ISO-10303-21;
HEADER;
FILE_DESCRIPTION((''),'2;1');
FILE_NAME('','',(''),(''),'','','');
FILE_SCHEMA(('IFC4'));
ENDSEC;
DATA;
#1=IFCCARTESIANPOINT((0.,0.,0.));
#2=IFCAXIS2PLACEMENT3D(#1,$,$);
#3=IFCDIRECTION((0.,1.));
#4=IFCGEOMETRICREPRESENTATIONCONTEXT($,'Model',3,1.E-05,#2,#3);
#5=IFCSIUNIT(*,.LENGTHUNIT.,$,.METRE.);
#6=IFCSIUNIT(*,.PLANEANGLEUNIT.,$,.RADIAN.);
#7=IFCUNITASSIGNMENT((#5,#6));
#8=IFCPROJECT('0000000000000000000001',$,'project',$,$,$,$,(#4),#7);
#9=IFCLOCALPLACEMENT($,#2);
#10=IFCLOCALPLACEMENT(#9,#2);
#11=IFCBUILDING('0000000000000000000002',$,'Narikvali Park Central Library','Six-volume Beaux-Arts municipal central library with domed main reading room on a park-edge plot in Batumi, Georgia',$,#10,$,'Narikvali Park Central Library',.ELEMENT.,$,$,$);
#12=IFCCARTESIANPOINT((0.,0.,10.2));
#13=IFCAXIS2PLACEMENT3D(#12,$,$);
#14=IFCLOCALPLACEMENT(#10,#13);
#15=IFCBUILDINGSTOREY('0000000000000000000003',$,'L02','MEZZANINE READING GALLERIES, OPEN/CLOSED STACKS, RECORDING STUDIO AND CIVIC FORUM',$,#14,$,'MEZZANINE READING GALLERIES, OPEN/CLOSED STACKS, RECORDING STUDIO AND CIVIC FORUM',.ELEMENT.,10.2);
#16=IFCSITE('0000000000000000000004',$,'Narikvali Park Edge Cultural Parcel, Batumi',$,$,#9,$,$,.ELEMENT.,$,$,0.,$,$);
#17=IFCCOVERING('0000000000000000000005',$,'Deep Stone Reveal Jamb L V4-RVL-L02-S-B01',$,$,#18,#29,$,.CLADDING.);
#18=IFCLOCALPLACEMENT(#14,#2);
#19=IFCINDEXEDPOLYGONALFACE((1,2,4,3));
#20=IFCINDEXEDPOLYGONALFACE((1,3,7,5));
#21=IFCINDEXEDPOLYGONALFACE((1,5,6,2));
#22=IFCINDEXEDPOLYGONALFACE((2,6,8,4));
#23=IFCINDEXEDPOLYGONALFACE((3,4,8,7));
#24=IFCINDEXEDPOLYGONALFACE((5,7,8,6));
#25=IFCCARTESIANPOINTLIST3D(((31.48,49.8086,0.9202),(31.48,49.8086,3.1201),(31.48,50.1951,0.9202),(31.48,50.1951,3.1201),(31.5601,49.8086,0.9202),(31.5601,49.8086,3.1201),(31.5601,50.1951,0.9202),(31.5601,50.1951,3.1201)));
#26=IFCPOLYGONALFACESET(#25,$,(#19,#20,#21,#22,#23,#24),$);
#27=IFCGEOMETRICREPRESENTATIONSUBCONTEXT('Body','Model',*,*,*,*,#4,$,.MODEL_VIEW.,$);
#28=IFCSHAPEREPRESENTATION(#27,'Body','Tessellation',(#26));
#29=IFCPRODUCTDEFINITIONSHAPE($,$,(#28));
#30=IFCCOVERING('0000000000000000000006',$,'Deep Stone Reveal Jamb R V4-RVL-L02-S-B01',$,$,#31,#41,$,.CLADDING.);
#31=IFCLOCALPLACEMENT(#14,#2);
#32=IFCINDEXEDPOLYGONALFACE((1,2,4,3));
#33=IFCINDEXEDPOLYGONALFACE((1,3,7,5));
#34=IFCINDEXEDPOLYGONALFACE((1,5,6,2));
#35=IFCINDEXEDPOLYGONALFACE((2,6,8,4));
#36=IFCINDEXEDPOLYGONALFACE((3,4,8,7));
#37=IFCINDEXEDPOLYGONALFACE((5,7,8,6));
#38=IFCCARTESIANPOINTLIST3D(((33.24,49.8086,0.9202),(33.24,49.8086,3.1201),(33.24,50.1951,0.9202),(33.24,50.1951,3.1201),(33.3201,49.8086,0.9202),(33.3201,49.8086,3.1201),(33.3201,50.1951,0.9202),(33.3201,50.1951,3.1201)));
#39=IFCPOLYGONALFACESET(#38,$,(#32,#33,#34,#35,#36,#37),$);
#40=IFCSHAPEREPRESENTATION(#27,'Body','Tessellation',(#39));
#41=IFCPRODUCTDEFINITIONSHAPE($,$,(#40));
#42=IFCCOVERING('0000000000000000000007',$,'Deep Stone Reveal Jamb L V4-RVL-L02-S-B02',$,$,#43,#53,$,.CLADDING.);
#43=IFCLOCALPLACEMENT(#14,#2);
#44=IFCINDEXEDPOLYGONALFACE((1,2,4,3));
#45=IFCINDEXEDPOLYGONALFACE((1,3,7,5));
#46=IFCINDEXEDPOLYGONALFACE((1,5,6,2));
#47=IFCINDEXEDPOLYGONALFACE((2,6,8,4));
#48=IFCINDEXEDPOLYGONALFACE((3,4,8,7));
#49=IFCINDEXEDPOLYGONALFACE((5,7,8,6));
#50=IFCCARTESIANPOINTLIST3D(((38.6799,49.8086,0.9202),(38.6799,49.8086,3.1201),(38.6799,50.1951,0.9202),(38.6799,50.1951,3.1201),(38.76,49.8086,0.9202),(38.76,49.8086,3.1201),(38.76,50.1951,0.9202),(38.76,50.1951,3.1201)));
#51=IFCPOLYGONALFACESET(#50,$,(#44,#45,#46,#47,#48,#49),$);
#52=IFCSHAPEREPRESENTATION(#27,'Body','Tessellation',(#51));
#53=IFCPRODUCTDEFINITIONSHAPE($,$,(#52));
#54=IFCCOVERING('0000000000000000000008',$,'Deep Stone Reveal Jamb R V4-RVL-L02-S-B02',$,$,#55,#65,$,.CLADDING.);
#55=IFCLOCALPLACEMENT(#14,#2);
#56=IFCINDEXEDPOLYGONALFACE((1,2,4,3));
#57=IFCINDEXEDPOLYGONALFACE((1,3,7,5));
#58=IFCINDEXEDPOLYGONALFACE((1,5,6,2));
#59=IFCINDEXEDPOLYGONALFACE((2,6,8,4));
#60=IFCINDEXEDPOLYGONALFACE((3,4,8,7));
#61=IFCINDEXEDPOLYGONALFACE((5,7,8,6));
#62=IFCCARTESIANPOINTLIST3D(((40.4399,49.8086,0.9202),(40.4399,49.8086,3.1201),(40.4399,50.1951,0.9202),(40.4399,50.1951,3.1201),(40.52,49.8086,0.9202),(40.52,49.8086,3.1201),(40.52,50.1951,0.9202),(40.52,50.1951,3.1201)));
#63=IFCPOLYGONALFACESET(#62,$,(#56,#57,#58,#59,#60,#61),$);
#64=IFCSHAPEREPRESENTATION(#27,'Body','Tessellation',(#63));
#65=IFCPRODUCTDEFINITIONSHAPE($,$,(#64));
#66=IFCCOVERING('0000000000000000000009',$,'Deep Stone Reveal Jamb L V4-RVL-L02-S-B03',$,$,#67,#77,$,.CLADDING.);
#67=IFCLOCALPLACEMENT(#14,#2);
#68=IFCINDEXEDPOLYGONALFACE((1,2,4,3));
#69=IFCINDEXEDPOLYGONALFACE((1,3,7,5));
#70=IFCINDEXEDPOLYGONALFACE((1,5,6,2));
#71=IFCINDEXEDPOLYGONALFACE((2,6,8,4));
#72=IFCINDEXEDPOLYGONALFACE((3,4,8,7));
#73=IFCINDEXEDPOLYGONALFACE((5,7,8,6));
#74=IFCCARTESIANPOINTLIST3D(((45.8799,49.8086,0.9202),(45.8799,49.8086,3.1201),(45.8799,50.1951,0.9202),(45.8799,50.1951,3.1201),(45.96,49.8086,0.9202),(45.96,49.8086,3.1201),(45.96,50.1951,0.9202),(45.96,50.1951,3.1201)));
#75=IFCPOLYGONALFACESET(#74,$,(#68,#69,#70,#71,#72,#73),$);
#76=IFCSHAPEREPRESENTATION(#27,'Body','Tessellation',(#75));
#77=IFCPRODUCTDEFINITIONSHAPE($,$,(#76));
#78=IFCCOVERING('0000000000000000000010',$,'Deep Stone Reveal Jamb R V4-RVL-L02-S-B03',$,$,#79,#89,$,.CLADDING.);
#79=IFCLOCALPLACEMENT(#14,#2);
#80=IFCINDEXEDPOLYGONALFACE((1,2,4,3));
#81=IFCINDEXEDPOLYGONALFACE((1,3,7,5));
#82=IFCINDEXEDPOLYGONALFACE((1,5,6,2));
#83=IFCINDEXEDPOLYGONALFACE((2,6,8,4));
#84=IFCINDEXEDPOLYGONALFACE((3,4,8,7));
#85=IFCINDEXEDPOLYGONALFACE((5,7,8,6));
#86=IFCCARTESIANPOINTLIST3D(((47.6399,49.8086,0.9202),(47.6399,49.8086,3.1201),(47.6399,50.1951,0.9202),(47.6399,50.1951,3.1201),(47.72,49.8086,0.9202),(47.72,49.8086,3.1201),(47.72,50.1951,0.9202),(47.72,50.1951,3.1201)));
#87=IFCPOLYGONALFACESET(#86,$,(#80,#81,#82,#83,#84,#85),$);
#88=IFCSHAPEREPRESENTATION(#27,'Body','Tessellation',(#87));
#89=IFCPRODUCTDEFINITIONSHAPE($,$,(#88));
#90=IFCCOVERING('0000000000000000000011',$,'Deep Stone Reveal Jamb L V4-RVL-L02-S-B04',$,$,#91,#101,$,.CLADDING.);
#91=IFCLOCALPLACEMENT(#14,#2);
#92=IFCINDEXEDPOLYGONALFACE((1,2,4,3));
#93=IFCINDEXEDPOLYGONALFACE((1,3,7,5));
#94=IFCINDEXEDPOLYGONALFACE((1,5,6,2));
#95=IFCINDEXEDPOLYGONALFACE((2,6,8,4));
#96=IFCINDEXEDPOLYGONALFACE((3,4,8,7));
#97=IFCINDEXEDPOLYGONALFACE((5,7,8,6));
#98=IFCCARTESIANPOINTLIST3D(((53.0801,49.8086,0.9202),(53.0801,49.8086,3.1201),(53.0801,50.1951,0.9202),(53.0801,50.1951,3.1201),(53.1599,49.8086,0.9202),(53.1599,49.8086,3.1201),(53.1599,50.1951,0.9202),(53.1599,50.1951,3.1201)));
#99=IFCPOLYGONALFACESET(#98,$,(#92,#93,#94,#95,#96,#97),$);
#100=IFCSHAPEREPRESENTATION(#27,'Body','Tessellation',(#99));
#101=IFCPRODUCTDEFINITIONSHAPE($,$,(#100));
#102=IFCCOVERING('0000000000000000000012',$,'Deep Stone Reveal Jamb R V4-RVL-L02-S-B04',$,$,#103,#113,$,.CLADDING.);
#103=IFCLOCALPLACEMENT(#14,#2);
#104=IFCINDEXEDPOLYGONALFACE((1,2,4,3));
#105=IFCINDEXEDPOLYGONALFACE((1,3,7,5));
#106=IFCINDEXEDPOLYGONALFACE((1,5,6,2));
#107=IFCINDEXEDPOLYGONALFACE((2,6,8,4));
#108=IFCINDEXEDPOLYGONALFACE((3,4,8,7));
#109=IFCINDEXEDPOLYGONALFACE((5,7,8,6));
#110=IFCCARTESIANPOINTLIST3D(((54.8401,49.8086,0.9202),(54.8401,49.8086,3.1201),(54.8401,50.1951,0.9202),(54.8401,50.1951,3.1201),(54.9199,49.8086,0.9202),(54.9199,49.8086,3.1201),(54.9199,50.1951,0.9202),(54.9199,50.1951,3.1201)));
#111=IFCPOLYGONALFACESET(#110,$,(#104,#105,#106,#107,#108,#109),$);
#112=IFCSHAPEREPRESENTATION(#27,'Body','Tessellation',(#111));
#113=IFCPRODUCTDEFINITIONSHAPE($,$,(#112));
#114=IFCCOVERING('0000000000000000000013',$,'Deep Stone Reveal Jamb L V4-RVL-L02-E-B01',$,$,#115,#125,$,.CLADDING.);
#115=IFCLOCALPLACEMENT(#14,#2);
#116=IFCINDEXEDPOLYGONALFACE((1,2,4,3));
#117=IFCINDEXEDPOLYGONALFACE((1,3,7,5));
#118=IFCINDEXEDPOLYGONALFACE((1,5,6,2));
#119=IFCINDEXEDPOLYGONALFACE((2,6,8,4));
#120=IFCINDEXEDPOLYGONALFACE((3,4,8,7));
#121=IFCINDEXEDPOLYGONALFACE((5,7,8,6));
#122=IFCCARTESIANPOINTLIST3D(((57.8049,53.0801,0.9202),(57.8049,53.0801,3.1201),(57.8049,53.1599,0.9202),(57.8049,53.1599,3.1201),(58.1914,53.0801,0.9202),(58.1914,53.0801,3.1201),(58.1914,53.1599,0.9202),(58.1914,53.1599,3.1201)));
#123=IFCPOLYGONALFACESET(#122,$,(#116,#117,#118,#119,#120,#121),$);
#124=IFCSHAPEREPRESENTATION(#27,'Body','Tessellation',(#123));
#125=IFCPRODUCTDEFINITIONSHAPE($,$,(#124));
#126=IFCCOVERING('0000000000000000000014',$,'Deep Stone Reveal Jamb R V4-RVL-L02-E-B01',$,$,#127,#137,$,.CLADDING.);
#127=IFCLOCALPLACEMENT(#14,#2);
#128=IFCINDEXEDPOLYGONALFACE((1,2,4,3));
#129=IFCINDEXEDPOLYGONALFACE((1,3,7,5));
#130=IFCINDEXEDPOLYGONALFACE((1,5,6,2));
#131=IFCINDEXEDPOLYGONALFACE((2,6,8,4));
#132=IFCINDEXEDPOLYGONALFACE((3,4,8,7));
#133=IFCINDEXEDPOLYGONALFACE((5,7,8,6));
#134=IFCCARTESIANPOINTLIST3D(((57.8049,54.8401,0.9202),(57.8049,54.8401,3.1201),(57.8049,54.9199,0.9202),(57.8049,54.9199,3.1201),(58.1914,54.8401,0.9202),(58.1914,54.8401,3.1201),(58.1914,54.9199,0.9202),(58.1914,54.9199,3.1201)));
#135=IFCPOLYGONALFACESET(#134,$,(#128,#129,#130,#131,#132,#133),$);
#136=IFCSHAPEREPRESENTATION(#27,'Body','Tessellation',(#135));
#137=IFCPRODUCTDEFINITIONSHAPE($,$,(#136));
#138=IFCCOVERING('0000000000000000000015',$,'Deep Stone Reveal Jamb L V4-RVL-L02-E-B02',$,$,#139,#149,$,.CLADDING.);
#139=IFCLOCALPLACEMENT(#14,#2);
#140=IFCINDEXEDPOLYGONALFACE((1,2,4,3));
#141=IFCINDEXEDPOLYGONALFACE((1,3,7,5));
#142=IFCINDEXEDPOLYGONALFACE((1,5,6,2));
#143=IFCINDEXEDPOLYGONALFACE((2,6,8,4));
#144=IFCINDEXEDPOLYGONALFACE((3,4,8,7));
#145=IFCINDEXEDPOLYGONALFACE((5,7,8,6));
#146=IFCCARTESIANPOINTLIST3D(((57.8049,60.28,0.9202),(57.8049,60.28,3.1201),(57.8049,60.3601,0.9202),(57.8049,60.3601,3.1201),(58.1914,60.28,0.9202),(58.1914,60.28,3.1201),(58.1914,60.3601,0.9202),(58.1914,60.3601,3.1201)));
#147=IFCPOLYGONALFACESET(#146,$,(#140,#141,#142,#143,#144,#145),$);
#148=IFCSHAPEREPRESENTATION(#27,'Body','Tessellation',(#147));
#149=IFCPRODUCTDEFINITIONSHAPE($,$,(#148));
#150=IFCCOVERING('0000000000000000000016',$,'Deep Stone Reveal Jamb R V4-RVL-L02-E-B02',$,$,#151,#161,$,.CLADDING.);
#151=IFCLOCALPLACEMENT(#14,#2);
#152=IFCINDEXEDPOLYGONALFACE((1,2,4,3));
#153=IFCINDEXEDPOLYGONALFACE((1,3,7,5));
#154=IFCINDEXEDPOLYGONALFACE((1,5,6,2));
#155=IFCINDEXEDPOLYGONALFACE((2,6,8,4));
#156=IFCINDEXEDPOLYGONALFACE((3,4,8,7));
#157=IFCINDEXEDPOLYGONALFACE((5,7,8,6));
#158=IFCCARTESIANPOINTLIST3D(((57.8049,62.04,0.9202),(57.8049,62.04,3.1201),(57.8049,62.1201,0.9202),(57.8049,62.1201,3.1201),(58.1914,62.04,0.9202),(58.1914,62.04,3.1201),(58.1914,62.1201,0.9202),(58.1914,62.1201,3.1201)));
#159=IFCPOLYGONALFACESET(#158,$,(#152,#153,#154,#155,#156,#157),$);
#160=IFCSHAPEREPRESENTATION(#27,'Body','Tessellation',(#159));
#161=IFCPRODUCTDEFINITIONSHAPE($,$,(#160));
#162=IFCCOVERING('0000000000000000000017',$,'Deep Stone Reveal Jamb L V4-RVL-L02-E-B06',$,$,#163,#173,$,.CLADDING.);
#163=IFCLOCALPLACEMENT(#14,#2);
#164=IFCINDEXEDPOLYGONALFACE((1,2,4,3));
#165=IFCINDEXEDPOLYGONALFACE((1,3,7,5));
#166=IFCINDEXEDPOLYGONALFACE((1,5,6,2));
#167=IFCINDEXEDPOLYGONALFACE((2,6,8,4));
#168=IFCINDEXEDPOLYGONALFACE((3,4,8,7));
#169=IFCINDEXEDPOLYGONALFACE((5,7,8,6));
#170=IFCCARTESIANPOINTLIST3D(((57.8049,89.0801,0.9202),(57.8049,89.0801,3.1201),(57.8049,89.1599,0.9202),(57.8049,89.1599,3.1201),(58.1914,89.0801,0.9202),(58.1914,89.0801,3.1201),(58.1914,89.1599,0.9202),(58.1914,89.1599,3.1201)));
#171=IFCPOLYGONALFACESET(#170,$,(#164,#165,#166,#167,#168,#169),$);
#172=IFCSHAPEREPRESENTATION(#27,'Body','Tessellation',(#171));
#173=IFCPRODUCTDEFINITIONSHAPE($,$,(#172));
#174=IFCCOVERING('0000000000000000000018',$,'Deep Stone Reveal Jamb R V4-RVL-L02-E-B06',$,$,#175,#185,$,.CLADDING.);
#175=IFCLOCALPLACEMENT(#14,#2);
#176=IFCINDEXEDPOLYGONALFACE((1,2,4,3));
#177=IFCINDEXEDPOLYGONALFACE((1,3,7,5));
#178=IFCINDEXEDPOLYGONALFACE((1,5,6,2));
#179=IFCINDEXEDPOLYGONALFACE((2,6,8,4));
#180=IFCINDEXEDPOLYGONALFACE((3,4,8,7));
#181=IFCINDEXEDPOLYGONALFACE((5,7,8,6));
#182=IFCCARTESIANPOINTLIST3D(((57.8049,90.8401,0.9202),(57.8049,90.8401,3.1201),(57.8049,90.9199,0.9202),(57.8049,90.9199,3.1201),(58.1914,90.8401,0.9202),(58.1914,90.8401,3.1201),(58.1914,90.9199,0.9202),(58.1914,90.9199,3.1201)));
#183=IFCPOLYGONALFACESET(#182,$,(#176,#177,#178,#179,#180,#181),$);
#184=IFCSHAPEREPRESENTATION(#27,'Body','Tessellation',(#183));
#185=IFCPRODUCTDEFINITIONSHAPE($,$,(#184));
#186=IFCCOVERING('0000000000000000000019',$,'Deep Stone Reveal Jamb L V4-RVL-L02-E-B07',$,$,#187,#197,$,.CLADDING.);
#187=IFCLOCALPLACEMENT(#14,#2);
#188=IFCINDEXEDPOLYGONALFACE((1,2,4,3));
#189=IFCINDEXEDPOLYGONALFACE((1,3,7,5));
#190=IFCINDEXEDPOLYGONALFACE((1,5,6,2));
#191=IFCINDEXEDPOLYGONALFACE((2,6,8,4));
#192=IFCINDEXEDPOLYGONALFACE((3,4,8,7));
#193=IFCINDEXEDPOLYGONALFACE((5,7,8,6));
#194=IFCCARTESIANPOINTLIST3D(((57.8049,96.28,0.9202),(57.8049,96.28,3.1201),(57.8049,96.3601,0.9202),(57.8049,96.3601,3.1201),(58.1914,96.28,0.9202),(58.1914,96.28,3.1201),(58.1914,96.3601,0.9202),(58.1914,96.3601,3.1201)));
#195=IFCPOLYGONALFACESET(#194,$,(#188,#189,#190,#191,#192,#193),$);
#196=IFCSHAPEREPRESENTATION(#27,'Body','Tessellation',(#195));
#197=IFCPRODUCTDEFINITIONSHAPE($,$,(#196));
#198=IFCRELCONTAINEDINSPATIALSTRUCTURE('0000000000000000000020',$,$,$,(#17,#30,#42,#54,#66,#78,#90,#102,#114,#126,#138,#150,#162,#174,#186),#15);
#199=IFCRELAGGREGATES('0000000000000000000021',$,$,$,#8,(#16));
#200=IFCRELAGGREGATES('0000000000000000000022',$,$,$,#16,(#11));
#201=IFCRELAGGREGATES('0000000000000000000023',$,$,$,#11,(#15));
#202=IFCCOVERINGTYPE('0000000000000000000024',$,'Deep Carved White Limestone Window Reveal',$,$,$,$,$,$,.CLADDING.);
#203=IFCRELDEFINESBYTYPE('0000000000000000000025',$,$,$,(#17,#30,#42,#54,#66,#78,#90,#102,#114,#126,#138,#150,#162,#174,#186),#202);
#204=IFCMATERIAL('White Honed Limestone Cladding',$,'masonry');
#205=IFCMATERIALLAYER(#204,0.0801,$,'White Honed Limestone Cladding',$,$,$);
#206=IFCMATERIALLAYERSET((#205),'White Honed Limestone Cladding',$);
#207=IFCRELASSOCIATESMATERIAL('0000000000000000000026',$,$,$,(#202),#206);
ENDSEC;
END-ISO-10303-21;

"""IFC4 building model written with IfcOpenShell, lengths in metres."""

from ifc_helpers import new_model, si_unit, direction, frame, origin, place, context, subcontext, project, spatial, polyline, outline, extrude, material, layer, layer_set, type_object, element, save


model = new_model("IFC4")

# Units and contexts
model_context = context("Model", 3, precision=1e-05, world=origin(), true_north=direction((0.0, 1.0)))
body_context = subcontext(model_context, "Body", "Model", "MODEL_VIEW")
ifc_project = project(units=[si_unit("LENGTHUNIT", "METRE"), si_unit("PLANEANGLEUNIT", "RADIAN")], contexts=[model_context])

# Site, building, storey
site_placement = place(None, origin())
site = spatial("IfcSite", under=ifc_project, at=site_placement, Name="Narikvali Park Edge Cultural Parcel, Batumi", CompositionType="ELEMENT", RefElevation=0.0)
building_placement = place(site_placement, origin())
building = spatial("IfcBuilding", under=site, at=building_placement, Name="Narikvali Park Central Library", Description="Six-volume Beaux-Arts municipal central library with domed main reading room on a park-edge plot in Batumi, Georgia", LongName="Narikvali Park Central Library", CompositionType="ELEMENT")
storey_placement = place(building_placement, frame((0.0, 0.0, 10.2)))
storey = spatial("IfcBuildingStorey", under=building, at=storey_placement, Name="L02", Description="MEZZANINE READING GALLERIES, OPEN/CLOSED STACKS, RECORDING STUDIO AND CIVIC FORUM", LongName="MEZZANINE READING GALLERIES, OPEN/CLOSED STACKS, RECORDING STUDIO AND CIVIC FORUM", CompositionType="ELEMENT", Elevation=10.2)

# Coverings
ifc_material = material(Name="White Honed Limestone Cladding", Category="masonry")
ifc_layer = layer(ifc_material, 0.0801, Name="White Honed Limestone Cladding")
ifc_layer_set = layer_set([ifc_layer], Name="White Honed Limestone Cladding")
covering_type = type_object("IfcCoveringType", Name="Deep Carved White Limestone Window Reveal", PredefinedType="CLADDING", material=ifc_layer_set)
covering_1_placement = place(storey_placement, frame((0.0, 0.0, 0.9202)))
element("IfcCovering", 1, at=covering_1_placement, inside=storey, type_object=covering_type, Name="Deep Stone Reveal Jamb L V4-RVL-L02-S-B01", PredefinedType="CLADDING", context=body_context, shape_type="SweptSolid", body=[
    extrude(outline(polyline([(31.48, 50.1951), (31.5601, 50.1951), (31.5601, 49.8086), (31.48, 49.8086), (31.48, 50.1951)])), origin(), (0.0, 0.0, 1.0), 2.2),
])
covering_2_placement = place(storey_placement, frame((0.0, 0.0, 0.9202)))
element("IfcCovering", 2, at=covering_2_placement, inside=storey, type_object=covering_type, Name="Deep Stone Reveal Jamb R V4-RVL-L02-S-B01", PredefinedType="CLADDING", context=body_context, shape_type="SweptSolid", body=[
    extrude(outline(polyline([(33.24, 50.1951), (33.3201, 50.1951), (33.3201, 49.8086), (33.24, 49.8086), (33.24, 50.1951)])), origin(), (0.0, 0.0, 1.0), 2.2),
])
covering_3_placement = place(storey_placement, frame((0.0, 0.0, 0.9202)))
element("IfcCovering", 3, at=covering_3_placement, inside=storey, type_object=covering_type, Name="Deep Stone Reveal Jamb L V4-RVL-L02-S-B02", PredefinedType="CLADDING", context=body_context, shape_type="SweptSolid", body=[
    extrude(outline(polyline([(38.6799, 50.1951), (38.76, 50.1951), (38.76, 49.8086), (38.6799, 49.8086), (38.6799, 50.1951)])), origin(), (0.0, 0.0, 1.0), 2.2),
])
covering_4_placement = place(storey_placement, frame((0.0, 0.0, 0.9202)))
element("IfcCovering", 4, at=covering_4_placement, inside=storey, type_object=covering_type, Name="Deep Stone Reveal Jamb R V4-RVL-L02-S-B02", PredefinedType="CLADDING", context=body_context, shape_type="SweptSolid", body=[
    extrude(outline(polyline([(40.4399, 50.1951), (40.52, 50.1951), (40.52, 49.8086), (40.4399, 49.8086), (40.4399, 50.1951)])), origin(), (0.0, 0.0, 1.0), 2.2),
])
covering_5_placement = place(storey_placement, frame((0.0, 0.0, 0.9202)))
element("IfcCovering", 5, at=covering_5_placement, inside=storey, type_object=covering_type, Name="Deep Stone Reveal Jamb L V4-RVL-L02-S-B03", PredefinedType="CLADDING", context=body_context, shape_type="SweptSolid", body=[
    extrude(outline(polyline([(45.8799, 50.1951), (45.96, 50.1951), (45.96, 49.8086), (45.8799, 49.8086), (45.8799, 50.1951)])), origin(), (0.0, 0.0, 1.0), 2.2),
])
covering_6_placement = place(storey_placement, frame((0.0, 0.0, 0.9202)))
element("IfcCovering", 6, at=covering_6_placement, inside=storey, type_object=covering_type, Name="Deep Stone Reveal Jamb R V4-RVL-L02-S-B03", PredefinedType="CLADDING", context=body_context, shape_type="SweptSolid", body=[
    extrude(outline(polyline([(47.6399, 50.1951), (47.72, 50.1951), (47.72, 49.8086), (47.6399, 49.8086), (47.6399, 50.1951)])), origin(), (0.0, 0.0, 1.0), 2.2),
])
covering_7_placement = place(storey_placement, frame((0.0, 0.0, 0.9202)))
element("IfcCovering", 7, at=covering_7_placement, inside=storey, type_object=covering_type, Name="Deep Stone Reveal Jamb L V4-RVL-L02-S-B04", PredefinedType="CLADDING", context=body_context, shape_type="SweptSolid", body=[
    extrude(outline(polyline([(53.0801, 50.1951), (53.1599, 50.1951), (53.1599, 49.8086), (53.0801, 49.8086), (53.0801, 50.1951)])), origin(), (0.0, 0.0, 1.0), 2.2),
])
covering_8_placement = place(storey_placement, frame((0.0, 0.0, 0.9202)))
element("IfcCovering", 8, at=covering_8_placement, inside=storey, type_object=covering_type, Name="Deep Stone Reveal Jamb R V4-RVL-L02-S-B04", PredefinedType="CLADDING", context=body_context, shape_type="SweptSolid", body=[
    extrude(outline(polyline([(54.8401, 50.1951), (54.9199, 50.1951), (54.9199, 49.8086), (54.8401, 49.8086), (54.8401, 50.1951)])), origin(), (0.0, 0.0, 1.0), 2.2),
])
covering_9_placement = place(storey_placement, frame((0.0, 0.0, 0.9202)))
element("IfcCovering", 9, at=covering_9_placement, inside=storey, type_object=covering_type, Name="Deep Stone Reveal Jamb L V4-RVL-L02-E-B01", PredefinedType="CLADDING", context=body_context, shape_type="SweptSolid", body=[
    extrude(outline(polyline([(57.8049, 53.0801), (57.8049, 53.1599), (58.1914, 53.1599), (58.1914, 53.0801), (57.8049, 53.0801)])), origin(), (0.0, 0.0, 1.0), 2.2),
])
covering_10_placement = place(storey_placement, frame((0.0, 0.0, 0.9202)))
element("IfcCovering", 10, at=covering_10_placement, inside=storey, type_object=covering_type, Name="Deep Stone Reveal Jamb R V4-RVL-L02-E-B01", PredefinedType="CLADDING", context=body_context, shape_type="SweptSolid", body=[
    extrude(outline(polyline([(57.8049, 54.8401), (57.8049, 54.9199), (58.1914, 54.9199), (58.1914, 54.8401), (57.8049, 54.8401)])), origin(), (0.0, 0.0, 1.0), 2.2),
])
covering_11_placement = place(storey_placement, frame((0.0, 0.0, 0.9202)))
element("IfcCovering", 11, at=covering_11_placement, inside=storey, type_object=covering_type, Name="Deep Stone Reveal Jamb L V4-RVL-L02-E-B02", PredefinedType="CLADDING", context=body_context, shape_type="SweptSolid", body=[
    extrude(outline(polyline([(57.8049, 60.28), (57.8049, 60.3601), (58.1914, 60.3601), (58.1914, 60.28), (57.8049, 60.28)])), origin(), (0.0, 0.0, 1.0), 2.2),
])
covering_12_placement = place(storey_placement, frame((0.0, 0.0, 0.9202)))
element("IfcCovering", 12, at=covering_12_placement, inside=storey, type_object=covering_type, Name="Deep Stone Reveal Jamb R V4-RVL-L02-E-B02", PredefinedType="CLADDING", context=body_context, shape_type="SweptSolid", body=[
    extrude(outline(polyline([(57.8049, 62.04), (57.8049, 62.1201), (58.1914, 62.1201), (58.1914, 62.04), (57.8049, 62.04)])), origin(), (0.0, 0.0, 1.0), 2.2),
])
covering_13_placement = place(storey_placement, frame((0.0, 0.0, 0.9202)))
element("IfcCovering", 13, at=covering_13_placement, inside=storey, type_object=covering_type, Name="Deep Stone Reveal Jamb L V4-RVL-L02-E-B06", PredefinedType="CLADDING", context=body_context, shape_type="SweptSolid", body=[
    extrude(outline(polyline([(57.8049, 89.0801), (57.8049, 89.1599), (58.1914, 89.1599), (58.1914, 89.0801), (57.8049, 89.0801)])), origin(), (0.0, 0.0, 1.0), 2.2),
])
covering_14_placement = place(storey_placement, frame((0.0, 0.0, 0.9202)))
element("IfcCovering", 14, at=covering_14_placement, inside=storey, type_object=covering_type, Name="Deep Stone Reveal Jamb R V4-RVL-L02-E-B06", PredefinedType="CLADDING", context=body_context, shape_type="SweptSolid", body=[
    extrude(outline(polyline([(57.8049, 90.8401), (57.8049, 90.9199), (58.1914, 90.9199), (58.1914, 90.8401), (57.8049, 90.8401)])), origin(), (0.0, 0.0, 1.0), 2.2),
])
covering_15_placement = place(storey_placement, frame((0.0, 0.0, 0.9202)))
element("IfcCovering", 15, at=covering_15_placement, inside=storey, type_object=covering_type, Name="Deep Stone Reveal Jamb L V4-RVL-L02-E-B07", PredefinedType="CLADDING", context=body_context, shape_type="SweptSolid", body=[
    extrude(outline(polyline([(57.8049, 96.28), (57.8049, 96.3601), (58.1914, 96.3601), (58.1914, 96.28), (57.8049, 96.28)])), origin(), (0.0, 0.0, 1.0), 2.2),
])

save(model, "model.ifc")
